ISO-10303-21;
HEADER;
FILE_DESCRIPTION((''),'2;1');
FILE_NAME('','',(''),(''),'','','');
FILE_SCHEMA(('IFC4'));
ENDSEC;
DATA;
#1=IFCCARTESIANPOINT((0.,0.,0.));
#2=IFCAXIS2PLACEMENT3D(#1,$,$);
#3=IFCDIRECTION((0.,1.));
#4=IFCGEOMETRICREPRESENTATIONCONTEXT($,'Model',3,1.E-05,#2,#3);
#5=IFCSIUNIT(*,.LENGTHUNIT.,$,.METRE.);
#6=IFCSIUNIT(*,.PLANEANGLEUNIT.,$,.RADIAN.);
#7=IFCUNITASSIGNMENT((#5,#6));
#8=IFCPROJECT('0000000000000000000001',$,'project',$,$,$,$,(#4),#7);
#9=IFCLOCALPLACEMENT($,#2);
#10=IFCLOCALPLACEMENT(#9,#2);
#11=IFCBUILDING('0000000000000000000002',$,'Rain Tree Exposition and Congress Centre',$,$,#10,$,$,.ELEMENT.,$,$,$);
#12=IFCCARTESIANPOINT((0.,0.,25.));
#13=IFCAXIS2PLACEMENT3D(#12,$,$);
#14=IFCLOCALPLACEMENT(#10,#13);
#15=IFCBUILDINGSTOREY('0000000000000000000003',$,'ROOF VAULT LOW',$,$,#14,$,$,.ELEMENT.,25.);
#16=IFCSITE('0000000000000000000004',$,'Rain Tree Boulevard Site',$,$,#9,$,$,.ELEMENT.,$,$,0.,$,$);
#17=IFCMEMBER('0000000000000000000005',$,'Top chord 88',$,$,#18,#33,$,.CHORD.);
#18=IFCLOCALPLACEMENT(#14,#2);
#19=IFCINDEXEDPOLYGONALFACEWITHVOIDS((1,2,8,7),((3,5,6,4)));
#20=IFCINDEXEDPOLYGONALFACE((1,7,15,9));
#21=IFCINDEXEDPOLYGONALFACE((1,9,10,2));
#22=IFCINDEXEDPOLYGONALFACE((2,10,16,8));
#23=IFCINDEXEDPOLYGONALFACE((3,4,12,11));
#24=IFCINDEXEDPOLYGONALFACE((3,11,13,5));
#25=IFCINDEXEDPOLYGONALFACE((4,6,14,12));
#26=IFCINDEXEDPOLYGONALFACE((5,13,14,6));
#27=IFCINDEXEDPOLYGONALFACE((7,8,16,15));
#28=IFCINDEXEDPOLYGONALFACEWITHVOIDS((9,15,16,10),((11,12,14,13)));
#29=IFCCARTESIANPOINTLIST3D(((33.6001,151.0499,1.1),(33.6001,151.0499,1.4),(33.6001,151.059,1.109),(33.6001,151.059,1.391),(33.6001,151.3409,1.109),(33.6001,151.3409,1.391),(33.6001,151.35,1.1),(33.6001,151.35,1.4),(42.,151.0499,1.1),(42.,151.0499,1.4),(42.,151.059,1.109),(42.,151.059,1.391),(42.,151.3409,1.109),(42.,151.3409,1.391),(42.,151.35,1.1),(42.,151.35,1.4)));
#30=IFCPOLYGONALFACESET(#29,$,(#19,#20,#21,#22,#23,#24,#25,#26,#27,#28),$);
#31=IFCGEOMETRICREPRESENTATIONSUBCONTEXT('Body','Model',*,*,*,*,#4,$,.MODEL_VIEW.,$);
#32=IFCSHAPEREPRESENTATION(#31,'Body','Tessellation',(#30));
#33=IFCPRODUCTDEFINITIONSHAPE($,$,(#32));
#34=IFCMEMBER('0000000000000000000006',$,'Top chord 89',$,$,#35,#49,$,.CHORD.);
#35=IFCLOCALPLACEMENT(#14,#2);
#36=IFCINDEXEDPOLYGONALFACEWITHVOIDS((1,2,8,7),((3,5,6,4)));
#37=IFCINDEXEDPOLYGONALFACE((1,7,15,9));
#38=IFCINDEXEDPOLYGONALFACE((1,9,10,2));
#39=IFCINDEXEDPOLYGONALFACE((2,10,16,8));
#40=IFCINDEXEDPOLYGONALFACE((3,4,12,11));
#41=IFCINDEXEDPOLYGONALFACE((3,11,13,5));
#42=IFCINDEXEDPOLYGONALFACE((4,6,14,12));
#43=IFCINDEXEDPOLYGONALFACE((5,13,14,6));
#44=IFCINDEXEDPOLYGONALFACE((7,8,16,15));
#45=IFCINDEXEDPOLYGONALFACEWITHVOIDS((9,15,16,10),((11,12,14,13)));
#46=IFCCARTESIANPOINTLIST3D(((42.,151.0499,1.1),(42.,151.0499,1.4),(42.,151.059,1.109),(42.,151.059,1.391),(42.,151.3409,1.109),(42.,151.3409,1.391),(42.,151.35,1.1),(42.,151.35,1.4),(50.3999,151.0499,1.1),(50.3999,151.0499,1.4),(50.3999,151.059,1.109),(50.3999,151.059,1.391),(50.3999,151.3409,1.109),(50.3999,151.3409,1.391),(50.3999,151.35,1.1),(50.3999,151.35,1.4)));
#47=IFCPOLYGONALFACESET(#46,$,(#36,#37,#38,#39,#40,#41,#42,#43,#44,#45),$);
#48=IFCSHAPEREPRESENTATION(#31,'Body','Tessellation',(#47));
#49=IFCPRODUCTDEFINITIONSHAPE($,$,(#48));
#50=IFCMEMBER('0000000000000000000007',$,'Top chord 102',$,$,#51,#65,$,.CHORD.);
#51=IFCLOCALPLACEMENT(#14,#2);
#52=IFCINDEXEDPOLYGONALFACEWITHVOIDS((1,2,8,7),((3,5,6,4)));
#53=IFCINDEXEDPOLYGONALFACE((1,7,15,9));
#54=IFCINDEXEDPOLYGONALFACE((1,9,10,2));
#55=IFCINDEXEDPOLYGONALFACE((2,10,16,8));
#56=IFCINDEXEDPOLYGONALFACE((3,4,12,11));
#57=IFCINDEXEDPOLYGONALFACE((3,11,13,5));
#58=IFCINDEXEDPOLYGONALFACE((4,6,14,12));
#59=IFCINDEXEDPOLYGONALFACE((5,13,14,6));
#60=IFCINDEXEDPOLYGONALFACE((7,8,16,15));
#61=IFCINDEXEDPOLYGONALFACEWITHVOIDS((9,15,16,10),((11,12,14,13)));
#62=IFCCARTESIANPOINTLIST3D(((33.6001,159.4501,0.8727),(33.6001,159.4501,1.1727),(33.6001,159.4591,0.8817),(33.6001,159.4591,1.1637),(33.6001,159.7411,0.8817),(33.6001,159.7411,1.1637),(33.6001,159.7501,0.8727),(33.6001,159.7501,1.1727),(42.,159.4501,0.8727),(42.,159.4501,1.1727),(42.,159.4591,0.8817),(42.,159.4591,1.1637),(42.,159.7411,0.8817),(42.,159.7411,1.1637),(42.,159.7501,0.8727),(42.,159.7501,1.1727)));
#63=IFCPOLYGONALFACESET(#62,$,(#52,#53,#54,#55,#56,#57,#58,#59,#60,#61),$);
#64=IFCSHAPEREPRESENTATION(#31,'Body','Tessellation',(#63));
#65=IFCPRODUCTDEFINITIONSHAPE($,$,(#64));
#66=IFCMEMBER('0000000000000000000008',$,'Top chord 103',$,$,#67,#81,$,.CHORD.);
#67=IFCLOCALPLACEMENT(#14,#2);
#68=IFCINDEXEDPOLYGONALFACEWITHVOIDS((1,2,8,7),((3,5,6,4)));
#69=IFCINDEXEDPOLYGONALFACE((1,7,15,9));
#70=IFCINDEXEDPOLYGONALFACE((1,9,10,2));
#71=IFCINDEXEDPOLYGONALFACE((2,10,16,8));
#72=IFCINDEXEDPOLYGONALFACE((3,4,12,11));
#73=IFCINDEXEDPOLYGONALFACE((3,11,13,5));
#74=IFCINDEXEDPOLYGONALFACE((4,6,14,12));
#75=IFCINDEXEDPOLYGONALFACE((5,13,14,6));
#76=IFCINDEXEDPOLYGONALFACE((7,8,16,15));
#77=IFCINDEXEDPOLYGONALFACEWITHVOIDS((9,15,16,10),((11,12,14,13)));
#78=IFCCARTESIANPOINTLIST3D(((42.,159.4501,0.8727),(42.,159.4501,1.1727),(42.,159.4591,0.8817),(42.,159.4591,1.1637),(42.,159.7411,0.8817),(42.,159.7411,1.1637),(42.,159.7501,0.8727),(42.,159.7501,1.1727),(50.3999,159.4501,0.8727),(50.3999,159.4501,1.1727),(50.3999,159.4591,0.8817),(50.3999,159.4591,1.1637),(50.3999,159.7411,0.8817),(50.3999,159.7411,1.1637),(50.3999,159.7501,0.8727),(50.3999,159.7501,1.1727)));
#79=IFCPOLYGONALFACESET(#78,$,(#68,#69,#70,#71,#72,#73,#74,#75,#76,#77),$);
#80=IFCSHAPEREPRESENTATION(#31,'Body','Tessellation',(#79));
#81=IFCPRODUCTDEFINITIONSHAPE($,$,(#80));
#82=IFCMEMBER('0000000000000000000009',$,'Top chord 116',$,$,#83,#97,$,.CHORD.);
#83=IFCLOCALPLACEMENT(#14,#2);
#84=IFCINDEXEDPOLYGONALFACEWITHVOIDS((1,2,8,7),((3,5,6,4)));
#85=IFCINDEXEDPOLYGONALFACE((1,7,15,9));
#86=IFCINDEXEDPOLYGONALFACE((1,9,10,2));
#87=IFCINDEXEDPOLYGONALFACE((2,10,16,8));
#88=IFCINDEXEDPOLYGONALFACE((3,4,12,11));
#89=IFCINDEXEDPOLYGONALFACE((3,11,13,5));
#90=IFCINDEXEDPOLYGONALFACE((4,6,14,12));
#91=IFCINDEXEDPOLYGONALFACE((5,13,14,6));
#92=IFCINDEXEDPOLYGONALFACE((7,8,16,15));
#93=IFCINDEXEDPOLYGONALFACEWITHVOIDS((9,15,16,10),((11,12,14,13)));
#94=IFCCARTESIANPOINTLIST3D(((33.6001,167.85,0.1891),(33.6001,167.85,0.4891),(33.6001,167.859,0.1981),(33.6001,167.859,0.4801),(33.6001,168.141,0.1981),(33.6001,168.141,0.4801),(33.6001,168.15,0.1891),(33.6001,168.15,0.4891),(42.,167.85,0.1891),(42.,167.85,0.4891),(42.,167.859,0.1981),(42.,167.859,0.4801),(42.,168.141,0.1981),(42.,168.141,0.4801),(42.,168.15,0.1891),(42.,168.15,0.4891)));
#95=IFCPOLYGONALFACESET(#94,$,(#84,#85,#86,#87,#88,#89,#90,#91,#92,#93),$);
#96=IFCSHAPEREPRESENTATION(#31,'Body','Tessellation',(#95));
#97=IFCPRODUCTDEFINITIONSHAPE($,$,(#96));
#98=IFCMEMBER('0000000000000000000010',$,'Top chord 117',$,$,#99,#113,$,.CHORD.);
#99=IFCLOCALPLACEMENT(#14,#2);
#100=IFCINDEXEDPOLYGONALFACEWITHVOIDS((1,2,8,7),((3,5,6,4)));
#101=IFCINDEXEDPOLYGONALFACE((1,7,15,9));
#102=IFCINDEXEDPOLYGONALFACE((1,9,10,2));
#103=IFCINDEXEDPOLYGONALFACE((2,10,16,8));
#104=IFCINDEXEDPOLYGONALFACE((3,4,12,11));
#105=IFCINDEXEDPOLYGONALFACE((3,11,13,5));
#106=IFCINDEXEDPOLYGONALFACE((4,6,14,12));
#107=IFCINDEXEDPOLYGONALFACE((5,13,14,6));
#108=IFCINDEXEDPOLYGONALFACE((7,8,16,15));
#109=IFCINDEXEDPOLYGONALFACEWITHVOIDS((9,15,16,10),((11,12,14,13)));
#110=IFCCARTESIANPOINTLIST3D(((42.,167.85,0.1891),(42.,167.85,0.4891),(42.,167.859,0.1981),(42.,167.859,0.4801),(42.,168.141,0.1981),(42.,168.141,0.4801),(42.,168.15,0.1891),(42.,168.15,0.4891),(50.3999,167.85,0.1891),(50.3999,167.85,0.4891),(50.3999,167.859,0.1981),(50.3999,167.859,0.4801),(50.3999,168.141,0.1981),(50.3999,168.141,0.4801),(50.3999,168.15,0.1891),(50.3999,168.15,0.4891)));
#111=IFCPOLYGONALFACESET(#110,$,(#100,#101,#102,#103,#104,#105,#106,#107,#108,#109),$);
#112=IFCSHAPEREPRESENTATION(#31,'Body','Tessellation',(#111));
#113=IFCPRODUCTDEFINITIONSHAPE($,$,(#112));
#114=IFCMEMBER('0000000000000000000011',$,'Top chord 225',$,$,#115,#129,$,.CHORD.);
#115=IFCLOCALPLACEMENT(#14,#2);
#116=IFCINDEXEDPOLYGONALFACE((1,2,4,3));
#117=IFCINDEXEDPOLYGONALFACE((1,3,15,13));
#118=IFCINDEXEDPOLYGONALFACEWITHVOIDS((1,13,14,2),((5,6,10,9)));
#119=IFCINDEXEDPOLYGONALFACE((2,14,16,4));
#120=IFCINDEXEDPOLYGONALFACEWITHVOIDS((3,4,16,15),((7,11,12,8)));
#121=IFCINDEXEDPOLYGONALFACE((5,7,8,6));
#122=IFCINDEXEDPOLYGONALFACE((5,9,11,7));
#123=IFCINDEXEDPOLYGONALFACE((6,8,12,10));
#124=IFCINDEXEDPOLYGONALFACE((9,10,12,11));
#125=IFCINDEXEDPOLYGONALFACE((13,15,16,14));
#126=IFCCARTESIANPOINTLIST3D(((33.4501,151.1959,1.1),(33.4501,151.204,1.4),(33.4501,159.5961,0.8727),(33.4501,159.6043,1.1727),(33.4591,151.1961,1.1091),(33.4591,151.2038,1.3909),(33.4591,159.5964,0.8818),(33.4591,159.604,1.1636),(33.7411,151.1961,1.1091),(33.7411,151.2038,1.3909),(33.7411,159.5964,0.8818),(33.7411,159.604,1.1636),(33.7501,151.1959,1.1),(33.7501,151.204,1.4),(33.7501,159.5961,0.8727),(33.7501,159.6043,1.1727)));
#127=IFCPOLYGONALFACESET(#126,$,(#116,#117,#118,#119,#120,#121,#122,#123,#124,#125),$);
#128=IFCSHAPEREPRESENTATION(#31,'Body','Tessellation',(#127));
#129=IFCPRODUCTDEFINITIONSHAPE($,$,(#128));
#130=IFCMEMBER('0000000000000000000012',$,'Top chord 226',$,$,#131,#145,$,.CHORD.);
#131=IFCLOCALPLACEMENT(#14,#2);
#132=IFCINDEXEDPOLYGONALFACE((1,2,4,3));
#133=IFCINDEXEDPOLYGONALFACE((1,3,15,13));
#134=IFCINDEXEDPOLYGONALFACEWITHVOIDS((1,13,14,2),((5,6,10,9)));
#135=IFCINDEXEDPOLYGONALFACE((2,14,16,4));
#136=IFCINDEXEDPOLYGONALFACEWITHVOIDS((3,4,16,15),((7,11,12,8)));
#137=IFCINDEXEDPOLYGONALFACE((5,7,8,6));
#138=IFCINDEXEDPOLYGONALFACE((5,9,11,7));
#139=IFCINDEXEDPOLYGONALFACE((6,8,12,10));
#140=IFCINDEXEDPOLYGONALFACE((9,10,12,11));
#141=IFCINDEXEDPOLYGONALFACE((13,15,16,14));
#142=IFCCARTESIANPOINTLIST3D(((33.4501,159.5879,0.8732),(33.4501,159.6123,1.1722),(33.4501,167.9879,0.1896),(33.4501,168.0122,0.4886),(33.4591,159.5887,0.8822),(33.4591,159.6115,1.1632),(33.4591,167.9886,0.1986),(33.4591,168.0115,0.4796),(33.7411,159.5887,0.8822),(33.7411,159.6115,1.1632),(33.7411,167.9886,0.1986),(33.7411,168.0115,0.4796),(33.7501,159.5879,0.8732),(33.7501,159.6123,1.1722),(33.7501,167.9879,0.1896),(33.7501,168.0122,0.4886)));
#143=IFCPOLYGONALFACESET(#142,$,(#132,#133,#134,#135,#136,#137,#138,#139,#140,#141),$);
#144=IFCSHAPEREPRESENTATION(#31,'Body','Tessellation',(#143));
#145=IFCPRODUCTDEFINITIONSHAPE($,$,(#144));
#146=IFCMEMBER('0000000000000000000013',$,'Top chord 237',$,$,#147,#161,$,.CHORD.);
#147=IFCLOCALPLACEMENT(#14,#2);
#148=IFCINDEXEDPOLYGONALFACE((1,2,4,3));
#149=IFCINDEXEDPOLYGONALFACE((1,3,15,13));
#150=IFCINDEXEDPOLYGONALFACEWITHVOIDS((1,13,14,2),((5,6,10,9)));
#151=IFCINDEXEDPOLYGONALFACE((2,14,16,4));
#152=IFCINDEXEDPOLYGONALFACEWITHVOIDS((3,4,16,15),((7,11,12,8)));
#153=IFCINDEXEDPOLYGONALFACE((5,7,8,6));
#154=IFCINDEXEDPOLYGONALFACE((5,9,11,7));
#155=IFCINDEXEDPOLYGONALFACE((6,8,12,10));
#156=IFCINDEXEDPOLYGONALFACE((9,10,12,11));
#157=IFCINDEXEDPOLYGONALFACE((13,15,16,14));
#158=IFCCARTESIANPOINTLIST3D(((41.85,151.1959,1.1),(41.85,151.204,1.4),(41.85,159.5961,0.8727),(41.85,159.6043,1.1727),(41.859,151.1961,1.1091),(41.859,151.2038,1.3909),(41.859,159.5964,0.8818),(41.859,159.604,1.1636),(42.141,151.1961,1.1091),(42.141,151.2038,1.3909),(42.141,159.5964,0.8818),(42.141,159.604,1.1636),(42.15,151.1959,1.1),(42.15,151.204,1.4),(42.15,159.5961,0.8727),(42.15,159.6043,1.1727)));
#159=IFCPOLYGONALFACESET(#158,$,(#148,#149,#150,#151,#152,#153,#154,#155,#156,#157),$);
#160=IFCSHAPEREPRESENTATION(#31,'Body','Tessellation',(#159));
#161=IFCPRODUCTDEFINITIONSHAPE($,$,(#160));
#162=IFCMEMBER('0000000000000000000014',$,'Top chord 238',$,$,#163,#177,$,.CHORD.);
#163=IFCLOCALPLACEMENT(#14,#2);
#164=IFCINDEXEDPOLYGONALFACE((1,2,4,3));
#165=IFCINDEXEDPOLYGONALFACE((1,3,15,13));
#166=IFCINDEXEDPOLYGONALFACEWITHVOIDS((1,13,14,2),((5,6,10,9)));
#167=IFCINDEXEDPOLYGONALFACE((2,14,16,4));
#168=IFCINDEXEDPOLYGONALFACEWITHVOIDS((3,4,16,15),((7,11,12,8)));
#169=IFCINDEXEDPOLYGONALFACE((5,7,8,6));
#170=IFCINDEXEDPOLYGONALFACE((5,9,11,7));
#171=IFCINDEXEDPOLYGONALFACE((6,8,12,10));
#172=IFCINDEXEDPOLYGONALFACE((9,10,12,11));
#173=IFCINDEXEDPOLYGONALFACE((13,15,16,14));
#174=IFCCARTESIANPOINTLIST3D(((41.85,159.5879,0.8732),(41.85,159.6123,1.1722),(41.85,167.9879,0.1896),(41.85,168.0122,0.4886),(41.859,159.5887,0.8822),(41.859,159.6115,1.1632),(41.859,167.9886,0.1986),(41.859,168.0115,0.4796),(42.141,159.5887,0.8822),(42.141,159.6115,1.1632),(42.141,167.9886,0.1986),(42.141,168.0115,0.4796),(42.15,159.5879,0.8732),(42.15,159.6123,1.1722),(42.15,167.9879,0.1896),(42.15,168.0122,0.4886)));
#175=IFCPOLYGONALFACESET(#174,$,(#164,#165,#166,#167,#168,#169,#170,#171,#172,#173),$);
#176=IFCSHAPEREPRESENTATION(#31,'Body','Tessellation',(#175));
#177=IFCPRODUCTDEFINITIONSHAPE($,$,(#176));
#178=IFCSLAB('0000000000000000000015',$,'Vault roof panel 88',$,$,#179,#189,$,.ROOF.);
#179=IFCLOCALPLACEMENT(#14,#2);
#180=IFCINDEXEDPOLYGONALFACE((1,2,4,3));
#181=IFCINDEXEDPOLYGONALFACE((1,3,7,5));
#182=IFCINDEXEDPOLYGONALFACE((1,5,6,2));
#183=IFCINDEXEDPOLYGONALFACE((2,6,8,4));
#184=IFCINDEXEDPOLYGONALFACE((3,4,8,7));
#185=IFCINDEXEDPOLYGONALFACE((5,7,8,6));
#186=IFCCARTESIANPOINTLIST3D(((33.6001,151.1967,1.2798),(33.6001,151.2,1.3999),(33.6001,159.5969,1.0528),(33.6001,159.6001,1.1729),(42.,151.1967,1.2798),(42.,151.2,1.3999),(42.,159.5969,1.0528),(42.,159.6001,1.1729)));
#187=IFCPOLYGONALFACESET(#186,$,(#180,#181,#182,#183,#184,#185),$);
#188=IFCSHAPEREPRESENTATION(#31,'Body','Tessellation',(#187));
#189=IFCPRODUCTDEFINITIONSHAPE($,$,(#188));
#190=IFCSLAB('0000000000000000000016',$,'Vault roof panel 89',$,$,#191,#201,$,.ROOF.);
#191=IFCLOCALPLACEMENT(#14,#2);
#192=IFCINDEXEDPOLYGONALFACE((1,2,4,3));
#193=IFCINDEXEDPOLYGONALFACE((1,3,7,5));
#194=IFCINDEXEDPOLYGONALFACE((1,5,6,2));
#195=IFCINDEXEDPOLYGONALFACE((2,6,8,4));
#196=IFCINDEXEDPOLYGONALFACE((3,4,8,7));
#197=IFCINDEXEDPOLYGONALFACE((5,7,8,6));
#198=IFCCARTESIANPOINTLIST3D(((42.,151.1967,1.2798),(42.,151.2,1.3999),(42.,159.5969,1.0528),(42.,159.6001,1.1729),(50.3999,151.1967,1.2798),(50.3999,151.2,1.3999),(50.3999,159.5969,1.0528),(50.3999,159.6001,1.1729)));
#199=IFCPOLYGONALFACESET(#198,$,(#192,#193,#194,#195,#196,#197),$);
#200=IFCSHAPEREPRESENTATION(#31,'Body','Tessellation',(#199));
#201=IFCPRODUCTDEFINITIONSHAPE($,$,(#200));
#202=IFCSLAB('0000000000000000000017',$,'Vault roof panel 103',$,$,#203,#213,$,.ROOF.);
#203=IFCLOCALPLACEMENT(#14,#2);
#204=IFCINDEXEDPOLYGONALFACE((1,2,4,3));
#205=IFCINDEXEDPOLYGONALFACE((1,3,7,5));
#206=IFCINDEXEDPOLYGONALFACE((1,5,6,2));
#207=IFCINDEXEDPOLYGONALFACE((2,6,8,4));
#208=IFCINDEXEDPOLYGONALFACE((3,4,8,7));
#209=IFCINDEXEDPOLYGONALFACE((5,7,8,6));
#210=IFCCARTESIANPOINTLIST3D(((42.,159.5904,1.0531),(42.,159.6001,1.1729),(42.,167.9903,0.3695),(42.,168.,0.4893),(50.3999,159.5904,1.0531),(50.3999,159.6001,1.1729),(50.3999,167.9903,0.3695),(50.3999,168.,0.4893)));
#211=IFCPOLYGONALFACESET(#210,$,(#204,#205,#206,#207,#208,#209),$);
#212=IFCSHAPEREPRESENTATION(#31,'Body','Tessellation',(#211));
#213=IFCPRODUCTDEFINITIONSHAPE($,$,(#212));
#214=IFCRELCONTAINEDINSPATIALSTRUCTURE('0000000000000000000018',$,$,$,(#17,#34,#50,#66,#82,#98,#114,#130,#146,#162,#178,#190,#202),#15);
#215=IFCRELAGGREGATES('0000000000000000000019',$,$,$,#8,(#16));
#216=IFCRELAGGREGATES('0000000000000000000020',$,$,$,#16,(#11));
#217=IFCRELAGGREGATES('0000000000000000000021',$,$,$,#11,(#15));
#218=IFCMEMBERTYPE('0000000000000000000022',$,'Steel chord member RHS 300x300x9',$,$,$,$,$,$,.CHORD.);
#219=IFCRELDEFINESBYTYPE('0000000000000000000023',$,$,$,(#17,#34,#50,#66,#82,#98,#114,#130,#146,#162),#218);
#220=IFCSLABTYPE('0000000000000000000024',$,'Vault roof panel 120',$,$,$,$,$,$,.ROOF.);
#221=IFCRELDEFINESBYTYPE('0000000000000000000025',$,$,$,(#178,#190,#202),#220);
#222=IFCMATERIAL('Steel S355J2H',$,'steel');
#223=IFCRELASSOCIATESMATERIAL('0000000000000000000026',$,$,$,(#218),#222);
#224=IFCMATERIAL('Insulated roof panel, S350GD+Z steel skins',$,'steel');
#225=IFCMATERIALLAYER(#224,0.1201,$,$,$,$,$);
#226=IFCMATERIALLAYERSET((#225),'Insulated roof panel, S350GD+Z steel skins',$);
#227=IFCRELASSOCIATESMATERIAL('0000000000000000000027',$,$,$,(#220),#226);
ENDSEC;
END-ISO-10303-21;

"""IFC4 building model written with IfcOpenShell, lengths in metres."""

from ifc_helpers import new_model, si_unit, direction, frame, origin, origin_2d, place, context, subcontext, project, spatial, polyline, hollow_rectangle, outline, extrude, material, layer, layer_set, material_profile, profile_set, type_object, element, save


model = new_model("IFC4")

# Units and contexts
model_context = context("Model", 3, precision=1e-05, world=origin(), true_north=direction((0.0, 1.0)))
body_context = subcontext(model_context, "Body", "Model", "MODEL_VIEW")
ifc_project = project(units=[si_unit("LENGTHUNIT", "METRE"), si_unit("PLANEANGLEUNIT", "RADIAN")], contexts=[model_context])

# Site, building, storey
site_placement = place(None, origin())
site = spatial("IfcSite", under=ifc_project, at=site_placement, Name="Rain Tree Boulevard Site", CompositionType="ELEMENT", RefElevation=0.0)
building_placement = place(site_placement, origin())
building = spatial("IfcBuilding", under=site, at=building_placement, Name="Rain Tree Exposition and Congress Centre", CompositionType="ELEMENT")
storey_placement = place(building_placement, frame((0.0, 0.0, 25.0)))
storey = spatial("IfcBuildingStorey", under=building, at=storey_placement, Name="ROOF VAULT LOW", CompositionType="ELEMENT", Elevation=25.0)

# Members
ifc_material_1 = material(Name="Steel S355J2H", Category="steel")
ifc_material_profile_1 = material_profile(ifc_material_1, hollow_rectangle(XDim=0.3, YDim=0.3, WallThickness=0.009, at=origin_2d()), Name="RHS 300x300x9")
ifc_profile_set_1 = profile_set([ifc_material_profile_1], Name="Steel S355J2H")
member_type = type_object("IfcMemberType", Name="Steel chord member RHS 300x300x9", PredefinedType="CHORD", material=ifc_profile_set_1)
for number, where, z_axis, x_axis, name in (
    (1, (33.6001, 151.2, 1.25), (1.0, 0.0, 0.0), (0.0, 1.0, 0.0), "Top chord 88"),
    (2, (42.0, 151.2, 1.25), (1.0, 0.0, 0.0), (0.0, 1.0, 0.0), "Top chord 89"),
    (3, (33.6001, 159.6001, 1.0227), (1.0, 0.0, 0.0), (0.0, 1.0, 0.0), "Top chord 102"),
    (4, (42.0, 159.6001, 1.0227), (1.0, 0.0, 0.0), (0.0, 1.0, 0.0), "Top chord 103"),
    (5, (33.6001, 168.0, 0.3391), (1.0, 0.0, 0.0), (0.0, 1.0, 0.0), "Top chord 116"),
    (6, (42.0, 168.0, 0.3391), (1.0, 0.0, 0.0), (0.0, 1.0, 0.0), "Top chord 117"),
):
    element("IfcMember", number, at=place(storey_placement, frame(where, z_axis=z_axis, x_axis=x_axis)), inside=storey, type_object=member_type, Name=name, PredefinedType="CHORD", context=body_context, shape_type="SweptSolid", body=[
        extrude(hollow_rectangle(XDim=0.3, YDim=0.3, WallThickness=0.009, at=origin_2d()), origin(), (0.0, 0.0, 1.0), 8.3999),
    ])
member_1_placement = place(storey_placement, frame((33.6001, 151.2, 1.25), z_axis=(0.0, 0.999634, -0.027049), x_axis=(-1.0, 0.0, 0.0)))
element("IfcMember", 7, at=member_1_placement, inside=storey, type_object=member_type, Name="Top chord 225", PredefinedType="CHORD", context=body_context, shape_type="SweptSolid", body=[
    extrude(hollow_rectangle(XDim=0.3, YDim=0.3, WallThickness=0.009, at=origin_2d()), origin(), (0.0, 0.0, 1.0), 8.4033),
])
member_2_placement = place(storey_placement, frame((33.6001, 159.6001, 1.0227), z_axis=(0.0, 0.996705, -0.081113), x_axis=(-1.0, 0.0, 0.0)))
element("IfcMember", 8, at=member_2_placement, inside=storey, type_object=member_type, Name="Top chord 226", PredefinedType="CHORD", context=body_context, shape_type="SweptSolid", body=[
    extrude(hollow_rectangle(XDim=0.3, YDim=0.3, WallThickness=0.009, at=origin_2d()), origin(), (0.0, 0.0, 1.0), 8.4277),
])
member_3_placement = place(storey_placement, frame((42.0, 151.2, 1.25), z_axis=(0.0, 0.999634, -0.027049), x_axis=(-1.0, 0.0, 0.0)))
element("IfcMember", 9, at=member_3_placement, inside=storey, type_object=member_type, Name="Top chord 237", PredefinedType="CHORD", context=body_context, shape_type="SweptSolid", body=[
    extrude(hollow_rectangle(XDim=0.3, YDim=0.3, WallThickness=0.009, at=origin_2d()), origin(), (0.0, 0.0, 1.0), 8.4033),
])
member_4_placement = place(storey_placement, frame((42.0, 159.6001, 1.0227), z_axis=(0.0, 0.996705, -0.081113), x_axis=(-1.0, 0.0, 0.0)))
element("IfcMember", 10, at=member_4_placement, inside=storey, type_object=member_type, Name="Top chord 238", PredefinedType="CHORD", context=body_context, shape_type="SweptSolid", body=[
    extrude(hollow_rectangle(XDim=0.3, YDim=0.3, WallThickness=0.009, at=origin_2d()), origin(), (0.0, 0.0, 1.0), 8.4277),
])

# Slabs
ifc_material_2 = material(Name="Insulated roof panel, S350GD+Z steel skins", Category="steel")
ifc_layer_1 = layer(ifc_material_2, 0.1201)
ifc_layer_set_1 = layer_set([ifc_layer_1], Name="Insulated roof panel, S350GD+Z steel skins")
slab_type_1 = type_object("IfcSlabType", Name="Vault roof panel 120", PredefinedType="ROOF", material=ifc_layer_set_1)
for number, where, z_axis, x_axis, name in (
    (11, (33.6001, 151.2, 1.3999), (0.0, 0.02702, 0.999635), (1.0, 0.0, 0.0), "Vault roof panel 88"),
    (12, (42.0, 151.2, 1.3999), (0.0, 0.02702, 0.999635), (1.0, 0.0, 0.0), "Vault roof panel 89"),
):
    element("IfcSlab", number, at=place(storey_placement, frame(where, z_axis=z_axis, x_axis=x_axis)), inside=storey, type_object=slab_type_1, Name=name, PredefinedType="ROOF", context=body_context, shape_type="SweptSolid", body=[
        extrude(outline(polyline([(0.0, 0.0), (8.3999, 0.0), (8.3999, 8.4032), (0.0, 8.4032), (0.0, 0.0)])), origin(), (0.0, 0.0, -1.0), 0.1201),
    ])
slab_1_placement = place(storey_placement, frame((42.0, 159.6001, 1.1729), z_axis=(0.0, 0.081113, 0.996705), x_axis=(1.0, 0.0, 0.0)))
element("IfcSlab", 13, at=slab_1_placement, inside=storey, type_object=slab_type_1, Name="Vault roof panel 103", PredefinedType="ROOF", context=body_context, shape_type="SweptSolid", body=[
    extrude(outline(polyline([(0.0, 0.0), (8.3999, 0.0), (8.3999, 8.4277), (0.0, 8.4277), (0.0, 0.0)])), origin(), (0.0, 0.0, -1.0), 0.1201),
])

save(model, "model.ifc")
